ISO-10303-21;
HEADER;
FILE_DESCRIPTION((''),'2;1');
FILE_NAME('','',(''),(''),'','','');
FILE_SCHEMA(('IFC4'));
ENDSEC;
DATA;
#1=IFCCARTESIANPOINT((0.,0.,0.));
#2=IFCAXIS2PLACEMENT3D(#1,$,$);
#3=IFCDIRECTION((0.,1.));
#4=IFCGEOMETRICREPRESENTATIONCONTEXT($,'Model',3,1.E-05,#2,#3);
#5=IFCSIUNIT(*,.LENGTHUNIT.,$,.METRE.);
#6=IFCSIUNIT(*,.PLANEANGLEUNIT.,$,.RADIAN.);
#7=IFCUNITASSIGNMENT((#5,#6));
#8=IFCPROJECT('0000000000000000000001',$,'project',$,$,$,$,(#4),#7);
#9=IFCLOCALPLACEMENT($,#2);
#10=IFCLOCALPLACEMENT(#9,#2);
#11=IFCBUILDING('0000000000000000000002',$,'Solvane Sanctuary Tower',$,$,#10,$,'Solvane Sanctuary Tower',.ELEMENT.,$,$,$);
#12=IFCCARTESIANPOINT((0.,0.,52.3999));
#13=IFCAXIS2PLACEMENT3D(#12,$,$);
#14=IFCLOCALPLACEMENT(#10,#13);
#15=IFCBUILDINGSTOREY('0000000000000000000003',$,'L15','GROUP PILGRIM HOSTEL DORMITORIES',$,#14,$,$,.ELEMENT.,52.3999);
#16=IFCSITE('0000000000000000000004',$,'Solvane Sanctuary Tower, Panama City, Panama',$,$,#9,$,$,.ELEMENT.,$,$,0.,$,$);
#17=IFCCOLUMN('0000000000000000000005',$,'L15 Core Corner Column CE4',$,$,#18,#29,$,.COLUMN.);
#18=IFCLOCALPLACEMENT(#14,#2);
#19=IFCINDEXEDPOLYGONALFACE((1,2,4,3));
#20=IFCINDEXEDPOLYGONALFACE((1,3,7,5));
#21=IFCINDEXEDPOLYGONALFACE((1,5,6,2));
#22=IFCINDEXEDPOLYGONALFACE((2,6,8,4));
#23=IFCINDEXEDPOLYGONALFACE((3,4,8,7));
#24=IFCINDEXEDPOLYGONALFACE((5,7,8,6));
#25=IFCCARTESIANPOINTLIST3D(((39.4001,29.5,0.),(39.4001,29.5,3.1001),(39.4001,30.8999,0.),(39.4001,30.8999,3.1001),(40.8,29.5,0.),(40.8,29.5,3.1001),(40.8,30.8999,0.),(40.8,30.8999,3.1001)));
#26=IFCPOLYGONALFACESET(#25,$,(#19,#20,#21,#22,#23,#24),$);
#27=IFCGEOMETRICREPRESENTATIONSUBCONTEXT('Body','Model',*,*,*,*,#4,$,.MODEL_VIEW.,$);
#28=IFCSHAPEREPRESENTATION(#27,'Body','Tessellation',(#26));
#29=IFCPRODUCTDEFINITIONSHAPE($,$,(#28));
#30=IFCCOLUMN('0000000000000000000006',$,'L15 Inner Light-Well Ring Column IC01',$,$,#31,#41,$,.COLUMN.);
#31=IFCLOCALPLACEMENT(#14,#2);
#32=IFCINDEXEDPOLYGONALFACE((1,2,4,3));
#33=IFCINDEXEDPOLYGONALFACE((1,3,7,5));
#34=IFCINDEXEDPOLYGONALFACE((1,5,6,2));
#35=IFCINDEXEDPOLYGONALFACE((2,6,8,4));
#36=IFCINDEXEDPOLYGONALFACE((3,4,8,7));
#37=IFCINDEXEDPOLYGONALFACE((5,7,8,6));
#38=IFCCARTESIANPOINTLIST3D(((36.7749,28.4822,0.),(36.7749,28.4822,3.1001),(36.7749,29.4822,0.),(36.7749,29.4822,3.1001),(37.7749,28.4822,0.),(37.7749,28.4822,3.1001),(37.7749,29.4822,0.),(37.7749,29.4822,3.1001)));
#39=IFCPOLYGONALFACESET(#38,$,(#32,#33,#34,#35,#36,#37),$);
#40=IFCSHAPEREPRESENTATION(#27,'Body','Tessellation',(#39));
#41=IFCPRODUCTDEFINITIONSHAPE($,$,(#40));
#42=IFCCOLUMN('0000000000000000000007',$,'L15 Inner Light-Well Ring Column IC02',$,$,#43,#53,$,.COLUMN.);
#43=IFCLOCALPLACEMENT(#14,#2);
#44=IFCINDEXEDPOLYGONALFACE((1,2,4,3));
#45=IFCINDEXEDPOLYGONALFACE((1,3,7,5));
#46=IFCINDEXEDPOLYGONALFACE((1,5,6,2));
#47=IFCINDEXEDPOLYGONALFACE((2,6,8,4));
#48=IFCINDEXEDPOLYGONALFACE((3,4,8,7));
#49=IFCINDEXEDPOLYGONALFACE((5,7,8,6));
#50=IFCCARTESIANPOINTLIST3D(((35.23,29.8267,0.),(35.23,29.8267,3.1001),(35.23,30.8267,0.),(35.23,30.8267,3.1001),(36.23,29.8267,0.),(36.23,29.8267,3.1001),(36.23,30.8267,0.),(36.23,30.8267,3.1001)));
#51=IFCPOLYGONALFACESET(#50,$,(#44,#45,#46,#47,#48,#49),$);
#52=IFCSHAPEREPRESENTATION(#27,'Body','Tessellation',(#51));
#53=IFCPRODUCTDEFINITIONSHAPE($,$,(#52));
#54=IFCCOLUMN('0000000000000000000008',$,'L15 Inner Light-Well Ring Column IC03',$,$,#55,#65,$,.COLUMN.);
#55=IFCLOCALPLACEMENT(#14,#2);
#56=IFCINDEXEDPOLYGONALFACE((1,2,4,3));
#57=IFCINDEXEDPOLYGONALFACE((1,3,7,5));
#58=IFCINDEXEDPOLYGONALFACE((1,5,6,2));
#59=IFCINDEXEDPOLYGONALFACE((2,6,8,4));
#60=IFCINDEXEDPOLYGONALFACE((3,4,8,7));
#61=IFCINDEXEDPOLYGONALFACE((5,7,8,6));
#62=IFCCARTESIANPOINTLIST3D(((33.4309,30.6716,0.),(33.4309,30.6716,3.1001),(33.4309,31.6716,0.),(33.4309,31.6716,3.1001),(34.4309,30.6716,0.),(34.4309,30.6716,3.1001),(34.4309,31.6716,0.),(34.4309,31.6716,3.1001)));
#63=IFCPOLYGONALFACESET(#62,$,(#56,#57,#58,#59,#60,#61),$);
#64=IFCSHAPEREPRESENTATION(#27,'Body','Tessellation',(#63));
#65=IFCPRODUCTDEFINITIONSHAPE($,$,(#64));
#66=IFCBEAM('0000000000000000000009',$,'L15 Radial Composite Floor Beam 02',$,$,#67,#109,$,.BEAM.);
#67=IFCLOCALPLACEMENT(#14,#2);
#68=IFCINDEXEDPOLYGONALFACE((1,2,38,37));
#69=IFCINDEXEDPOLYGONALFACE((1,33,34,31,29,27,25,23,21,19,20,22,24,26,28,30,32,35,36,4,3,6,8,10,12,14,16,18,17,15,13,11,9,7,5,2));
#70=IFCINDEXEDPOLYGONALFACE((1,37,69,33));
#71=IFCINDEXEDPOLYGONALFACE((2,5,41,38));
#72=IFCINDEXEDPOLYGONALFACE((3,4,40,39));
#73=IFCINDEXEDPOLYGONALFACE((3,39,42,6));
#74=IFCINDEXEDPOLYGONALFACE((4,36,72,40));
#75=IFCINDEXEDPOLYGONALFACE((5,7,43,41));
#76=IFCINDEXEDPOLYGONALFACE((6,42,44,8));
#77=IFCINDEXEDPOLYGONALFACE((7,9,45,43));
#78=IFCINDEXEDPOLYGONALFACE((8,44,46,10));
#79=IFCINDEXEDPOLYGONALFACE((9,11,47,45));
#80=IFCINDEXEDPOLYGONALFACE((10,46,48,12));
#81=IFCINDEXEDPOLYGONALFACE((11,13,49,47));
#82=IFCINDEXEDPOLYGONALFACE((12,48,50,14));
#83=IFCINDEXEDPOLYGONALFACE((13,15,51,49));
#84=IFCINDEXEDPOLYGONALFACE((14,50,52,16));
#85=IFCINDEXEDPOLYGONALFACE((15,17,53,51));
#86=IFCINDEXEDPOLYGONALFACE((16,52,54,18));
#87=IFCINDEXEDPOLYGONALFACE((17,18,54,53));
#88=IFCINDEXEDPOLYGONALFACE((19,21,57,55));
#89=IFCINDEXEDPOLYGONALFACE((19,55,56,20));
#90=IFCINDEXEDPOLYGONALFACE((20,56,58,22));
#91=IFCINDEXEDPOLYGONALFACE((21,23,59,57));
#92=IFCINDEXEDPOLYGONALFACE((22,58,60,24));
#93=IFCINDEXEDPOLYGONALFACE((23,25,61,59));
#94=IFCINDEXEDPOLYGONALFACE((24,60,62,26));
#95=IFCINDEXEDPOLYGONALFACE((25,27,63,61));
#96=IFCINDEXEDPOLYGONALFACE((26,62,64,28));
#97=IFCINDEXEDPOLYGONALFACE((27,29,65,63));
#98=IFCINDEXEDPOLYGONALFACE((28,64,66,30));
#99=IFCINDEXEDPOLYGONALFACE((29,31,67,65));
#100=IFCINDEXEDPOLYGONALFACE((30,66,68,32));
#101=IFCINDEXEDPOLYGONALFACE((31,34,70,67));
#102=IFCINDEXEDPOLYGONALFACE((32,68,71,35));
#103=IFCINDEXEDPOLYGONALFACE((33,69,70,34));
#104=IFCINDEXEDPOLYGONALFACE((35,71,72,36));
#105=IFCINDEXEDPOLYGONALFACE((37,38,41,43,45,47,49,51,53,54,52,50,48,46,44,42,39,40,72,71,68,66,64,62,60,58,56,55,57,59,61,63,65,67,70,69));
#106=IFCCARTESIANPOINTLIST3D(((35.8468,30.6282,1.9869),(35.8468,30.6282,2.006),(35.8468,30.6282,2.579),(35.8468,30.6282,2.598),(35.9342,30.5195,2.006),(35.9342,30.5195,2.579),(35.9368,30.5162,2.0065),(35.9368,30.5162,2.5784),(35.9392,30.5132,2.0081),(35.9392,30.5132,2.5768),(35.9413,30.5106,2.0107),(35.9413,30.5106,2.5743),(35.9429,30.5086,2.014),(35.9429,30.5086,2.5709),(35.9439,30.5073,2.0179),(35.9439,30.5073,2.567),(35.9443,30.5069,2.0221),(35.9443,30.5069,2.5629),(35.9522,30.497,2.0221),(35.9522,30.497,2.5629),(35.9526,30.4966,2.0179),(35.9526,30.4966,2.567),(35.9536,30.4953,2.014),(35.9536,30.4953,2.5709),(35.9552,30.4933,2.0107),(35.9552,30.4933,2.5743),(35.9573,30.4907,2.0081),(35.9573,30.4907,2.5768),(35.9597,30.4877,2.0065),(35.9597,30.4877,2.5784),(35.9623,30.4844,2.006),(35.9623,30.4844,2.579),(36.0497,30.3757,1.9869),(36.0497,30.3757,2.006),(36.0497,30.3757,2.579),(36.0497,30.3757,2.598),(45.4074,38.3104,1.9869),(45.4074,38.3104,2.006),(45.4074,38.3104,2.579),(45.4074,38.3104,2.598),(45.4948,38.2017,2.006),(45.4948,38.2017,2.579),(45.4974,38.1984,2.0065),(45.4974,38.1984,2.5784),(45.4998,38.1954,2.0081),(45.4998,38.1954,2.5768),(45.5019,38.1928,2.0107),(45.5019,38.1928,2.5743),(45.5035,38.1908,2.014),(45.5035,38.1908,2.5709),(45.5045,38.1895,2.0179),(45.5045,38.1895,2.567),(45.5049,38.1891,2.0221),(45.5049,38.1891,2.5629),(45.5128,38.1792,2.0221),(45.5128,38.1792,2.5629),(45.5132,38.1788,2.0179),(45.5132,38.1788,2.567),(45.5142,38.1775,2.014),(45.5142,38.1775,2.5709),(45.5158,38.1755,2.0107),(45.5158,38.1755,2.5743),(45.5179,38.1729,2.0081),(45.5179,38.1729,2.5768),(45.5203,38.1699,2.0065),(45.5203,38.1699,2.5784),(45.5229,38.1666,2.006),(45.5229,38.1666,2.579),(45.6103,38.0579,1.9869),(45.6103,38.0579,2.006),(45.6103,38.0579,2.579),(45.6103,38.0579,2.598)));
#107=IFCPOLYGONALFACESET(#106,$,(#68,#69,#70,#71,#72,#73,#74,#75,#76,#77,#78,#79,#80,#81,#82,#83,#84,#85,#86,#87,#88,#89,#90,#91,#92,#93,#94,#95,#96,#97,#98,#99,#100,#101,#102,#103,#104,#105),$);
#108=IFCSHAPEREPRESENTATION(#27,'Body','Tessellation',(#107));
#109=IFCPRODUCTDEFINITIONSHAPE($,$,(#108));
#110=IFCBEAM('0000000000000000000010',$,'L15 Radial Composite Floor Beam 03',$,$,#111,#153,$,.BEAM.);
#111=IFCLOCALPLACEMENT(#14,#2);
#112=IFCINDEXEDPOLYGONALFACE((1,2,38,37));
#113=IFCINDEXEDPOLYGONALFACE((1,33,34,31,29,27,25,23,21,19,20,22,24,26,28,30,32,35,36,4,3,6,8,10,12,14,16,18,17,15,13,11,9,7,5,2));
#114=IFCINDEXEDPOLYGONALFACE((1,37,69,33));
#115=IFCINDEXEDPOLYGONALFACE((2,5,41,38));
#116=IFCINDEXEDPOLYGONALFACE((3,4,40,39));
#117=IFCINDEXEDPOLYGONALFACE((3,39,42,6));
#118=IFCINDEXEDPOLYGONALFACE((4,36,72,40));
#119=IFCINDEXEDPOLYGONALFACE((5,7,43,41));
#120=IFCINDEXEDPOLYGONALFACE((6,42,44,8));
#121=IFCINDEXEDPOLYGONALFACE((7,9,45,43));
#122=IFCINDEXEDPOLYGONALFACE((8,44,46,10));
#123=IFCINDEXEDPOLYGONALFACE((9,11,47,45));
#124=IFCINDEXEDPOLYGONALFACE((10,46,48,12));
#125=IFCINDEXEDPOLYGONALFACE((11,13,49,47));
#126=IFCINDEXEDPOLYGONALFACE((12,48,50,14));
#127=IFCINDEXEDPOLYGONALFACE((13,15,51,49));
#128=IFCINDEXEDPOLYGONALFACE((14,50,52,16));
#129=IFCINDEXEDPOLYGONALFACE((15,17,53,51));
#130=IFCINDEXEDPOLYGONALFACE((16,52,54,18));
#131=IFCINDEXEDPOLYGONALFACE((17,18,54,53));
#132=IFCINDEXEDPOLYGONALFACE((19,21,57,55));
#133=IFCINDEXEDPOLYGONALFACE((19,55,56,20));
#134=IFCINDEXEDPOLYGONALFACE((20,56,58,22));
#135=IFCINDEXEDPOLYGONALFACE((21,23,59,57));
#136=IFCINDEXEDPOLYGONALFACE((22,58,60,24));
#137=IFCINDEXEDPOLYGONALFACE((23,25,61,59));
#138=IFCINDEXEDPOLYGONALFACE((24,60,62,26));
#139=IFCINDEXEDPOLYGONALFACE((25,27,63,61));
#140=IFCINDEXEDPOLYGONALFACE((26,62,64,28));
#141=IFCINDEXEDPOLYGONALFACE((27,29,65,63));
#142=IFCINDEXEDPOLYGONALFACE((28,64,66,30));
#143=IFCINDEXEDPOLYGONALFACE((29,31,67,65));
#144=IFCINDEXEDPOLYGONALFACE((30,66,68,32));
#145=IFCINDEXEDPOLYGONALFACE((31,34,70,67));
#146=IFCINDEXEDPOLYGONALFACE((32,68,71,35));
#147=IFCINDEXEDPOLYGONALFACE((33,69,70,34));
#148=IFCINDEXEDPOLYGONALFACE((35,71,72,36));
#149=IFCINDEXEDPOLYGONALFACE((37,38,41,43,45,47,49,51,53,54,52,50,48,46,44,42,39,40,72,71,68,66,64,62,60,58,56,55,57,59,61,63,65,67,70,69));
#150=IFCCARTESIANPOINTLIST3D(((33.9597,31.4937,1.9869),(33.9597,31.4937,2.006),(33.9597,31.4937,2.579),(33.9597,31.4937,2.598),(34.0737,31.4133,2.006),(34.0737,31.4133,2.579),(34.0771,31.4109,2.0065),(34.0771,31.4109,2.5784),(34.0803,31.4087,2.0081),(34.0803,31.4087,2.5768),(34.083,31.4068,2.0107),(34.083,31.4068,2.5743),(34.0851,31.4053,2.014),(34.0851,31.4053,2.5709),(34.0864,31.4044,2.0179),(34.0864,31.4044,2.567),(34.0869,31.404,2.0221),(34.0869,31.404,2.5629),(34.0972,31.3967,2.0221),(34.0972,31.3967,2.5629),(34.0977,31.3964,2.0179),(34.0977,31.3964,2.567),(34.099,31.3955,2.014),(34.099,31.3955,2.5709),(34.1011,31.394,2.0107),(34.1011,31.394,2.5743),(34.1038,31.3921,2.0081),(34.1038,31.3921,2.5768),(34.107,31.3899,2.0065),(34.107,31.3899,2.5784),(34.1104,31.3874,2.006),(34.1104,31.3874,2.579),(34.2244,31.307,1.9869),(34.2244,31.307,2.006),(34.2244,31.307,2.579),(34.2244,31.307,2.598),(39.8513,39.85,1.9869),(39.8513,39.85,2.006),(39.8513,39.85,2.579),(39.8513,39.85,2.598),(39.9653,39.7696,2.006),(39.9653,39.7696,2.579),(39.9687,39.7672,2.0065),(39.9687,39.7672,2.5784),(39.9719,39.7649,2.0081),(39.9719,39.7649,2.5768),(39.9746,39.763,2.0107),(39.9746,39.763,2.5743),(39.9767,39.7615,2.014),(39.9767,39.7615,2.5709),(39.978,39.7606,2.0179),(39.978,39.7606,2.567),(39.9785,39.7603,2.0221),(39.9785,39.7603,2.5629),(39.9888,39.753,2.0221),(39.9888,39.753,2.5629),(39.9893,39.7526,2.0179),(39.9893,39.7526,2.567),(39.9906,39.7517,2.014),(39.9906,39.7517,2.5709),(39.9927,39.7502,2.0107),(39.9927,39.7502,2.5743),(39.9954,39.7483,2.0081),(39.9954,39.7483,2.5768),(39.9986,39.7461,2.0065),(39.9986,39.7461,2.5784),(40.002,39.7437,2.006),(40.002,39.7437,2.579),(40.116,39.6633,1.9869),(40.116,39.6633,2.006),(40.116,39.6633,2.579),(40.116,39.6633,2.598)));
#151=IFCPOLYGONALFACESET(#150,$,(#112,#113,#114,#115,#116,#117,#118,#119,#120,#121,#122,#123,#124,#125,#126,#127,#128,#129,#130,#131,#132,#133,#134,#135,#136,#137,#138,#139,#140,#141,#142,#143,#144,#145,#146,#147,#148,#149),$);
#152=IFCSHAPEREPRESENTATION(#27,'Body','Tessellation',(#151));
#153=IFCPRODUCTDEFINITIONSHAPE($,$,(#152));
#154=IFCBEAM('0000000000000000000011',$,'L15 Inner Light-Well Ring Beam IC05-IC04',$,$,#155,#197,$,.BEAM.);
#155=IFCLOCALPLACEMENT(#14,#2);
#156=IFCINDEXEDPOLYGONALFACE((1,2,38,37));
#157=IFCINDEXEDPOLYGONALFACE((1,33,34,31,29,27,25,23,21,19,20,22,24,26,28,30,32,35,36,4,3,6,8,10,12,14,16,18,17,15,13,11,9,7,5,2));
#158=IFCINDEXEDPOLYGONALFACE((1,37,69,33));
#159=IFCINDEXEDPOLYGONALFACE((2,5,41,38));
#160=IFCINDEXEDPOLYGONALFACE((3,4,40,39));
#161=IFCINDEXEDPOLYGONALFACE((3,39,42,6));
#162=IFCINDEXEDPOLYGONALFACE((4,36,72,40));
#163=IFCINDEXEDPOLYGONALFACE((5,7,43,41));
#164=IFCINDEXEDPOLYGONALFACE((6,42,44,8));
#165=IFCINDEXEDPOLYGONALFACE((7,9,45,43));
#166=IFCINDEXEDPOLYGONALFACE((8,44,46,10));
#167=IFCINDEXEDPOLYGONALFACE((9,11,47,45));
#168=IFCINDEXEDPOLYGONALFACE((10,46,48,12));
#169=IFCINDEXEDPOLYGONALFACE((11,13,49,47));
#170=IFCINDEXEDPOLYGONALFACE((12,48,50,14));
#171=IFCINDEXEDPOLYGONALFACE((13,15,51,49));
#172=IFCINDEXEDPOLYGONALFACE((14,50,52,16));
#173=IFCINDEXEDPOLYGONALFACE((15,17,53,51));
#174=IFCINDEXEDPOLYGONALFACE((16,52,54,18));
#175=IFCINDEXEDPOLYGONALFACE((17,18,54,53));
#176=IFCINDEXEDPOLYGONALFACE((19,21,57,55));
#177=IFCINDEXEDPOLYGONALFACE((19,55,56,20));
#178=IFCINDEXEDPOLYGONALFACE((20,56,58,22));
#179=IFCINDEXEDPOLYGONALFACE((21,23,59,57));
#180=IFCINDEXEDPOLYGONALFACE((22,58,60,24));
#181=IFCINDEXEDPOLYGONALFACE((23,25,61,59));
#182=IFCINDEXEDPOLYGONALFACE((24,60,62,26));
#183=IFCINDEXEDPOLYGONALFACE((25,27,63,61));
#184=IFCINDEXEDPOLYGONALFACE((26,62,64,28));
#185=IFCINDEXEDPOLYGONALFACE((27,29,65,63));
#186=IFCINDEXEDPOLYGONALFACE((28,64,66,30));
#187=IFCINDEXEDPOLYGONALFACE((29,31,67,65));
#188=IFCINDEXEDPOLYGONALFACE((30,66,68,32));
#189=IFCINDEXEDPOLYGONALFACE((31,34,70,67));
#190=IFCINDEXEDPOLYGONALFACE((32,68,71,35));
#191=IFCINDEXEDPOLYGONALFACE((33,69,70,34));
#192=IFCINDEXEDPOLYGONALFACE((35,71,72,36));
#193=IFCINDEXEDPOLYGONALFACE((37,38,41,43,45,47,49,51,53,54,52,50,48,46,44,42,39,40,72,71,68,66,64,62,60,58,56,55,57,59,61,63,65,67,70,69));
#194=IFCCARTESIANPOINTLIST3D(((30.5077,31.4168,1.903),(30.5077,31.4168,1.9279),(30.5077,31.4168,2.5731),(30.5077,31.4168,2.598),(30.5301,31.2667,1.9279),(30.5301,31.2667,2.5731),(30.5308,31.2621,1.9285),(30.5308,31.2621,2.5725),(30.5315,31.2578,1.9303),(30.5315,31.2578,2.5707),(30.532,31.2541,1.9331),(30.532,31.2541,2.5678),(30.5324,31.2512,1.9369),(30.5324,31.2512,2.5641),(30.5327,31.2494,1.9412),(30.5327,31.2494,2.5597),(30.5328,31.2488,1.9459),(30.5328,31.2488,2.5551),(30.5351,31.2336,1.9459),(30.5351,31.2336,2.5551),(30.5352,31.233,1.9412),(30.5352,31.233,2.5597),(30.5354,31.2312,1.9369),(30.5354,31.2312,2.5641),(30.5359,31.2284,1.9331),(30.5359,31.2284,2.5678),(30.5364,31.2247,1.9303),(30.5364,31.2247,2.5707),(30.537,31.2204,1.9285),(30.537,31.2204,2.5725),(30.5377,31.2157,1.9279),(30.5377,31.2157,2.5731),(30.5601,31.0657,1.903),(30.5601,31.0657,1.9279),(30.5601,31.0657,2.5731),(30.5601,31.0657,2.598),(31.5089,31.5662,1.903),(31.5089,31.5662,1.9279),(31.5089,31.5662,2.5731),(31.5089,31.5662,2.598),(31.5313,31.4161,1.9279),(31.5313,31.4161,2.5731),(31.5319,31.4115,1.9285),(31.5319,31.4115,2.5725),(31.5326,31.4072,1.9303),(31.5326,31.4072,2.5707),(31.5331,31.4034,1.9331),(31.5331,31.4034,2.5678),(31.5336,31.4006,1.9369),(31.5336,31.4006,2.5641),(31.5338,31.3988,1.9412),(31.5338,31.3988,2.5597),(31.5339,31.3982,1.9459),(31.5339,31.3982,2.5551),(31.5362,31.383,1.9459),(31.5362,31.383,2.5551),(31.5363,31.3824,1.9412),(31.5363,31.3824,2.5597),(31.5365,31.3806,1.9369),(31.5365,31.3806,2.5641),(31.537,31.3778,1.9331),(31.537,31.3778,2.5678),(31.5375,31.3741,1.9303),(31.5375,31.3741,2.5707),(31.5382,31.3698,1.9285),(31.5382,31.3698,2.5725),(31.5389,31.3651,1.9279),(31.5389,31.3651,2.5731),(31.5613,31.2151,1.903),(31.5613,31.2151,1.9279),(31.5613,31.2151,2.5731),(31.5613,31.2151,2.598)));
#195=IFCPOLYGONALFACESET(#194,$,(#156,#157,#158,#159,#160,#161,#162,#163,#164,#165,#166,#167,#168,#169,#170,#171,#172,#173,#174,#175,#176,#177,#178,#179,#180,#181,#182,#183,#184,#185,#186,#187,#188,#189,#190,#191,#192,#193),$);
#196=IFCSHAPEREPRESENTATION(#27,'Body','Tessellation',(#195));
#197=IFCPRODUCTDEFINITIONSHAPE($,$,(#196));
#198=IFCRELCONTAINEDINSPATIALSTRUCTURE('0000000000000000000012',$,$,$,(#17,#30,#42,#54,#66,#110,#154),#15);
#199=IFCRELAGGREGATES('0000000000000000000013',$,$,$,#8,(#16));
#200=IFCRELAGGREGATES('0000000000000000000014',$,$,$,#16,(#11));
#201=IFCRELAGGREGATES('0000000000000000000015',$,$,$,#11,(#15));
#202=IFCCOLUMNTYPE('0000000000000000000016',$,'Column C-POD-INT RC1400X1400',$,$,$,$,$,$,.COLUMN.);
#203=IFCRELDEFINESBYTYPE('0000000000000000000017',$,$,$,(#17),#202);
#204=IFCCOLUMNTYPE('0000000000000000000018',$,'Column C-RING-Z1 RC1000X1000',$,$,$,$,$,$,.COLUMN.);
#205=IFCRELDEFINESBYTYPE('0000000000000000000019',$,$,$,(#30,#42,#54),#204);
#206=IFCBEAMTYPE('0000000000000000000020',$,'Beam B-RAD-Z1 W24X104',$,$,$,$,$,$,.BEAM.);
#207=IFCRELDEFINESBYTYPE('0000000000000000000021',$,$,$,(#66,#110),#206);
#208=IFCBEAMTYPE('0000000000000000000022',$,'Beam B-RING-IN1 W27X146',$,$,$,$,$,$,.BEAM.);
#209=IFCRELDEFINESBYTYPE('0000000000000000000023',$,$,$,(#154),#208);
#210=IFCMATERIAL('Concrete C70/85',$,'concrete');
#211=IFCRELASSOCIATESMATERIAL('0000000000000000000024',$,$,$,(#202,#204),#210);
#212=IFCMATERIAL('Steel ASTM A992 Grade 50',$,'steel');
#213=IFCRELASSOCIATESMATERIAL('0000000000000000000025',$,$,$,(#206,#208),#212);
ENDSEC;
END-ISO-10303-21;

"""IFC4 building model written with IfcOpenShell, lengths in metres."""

from ifc_helpers import new_model, si_unit, direction, frame, origin, origin_2d, place, context, subcontext, project, spatial, rectangle, i_section, extrude, material, material_profile, profile_set, type_object, element, save


model = new_model("IFC4")

# Units and contexts
model_context = context("Model", 3, precision=1e-05, world=origin(), true_north=direction((0.0, 1.0)))
body_context = subcontext(model_context, "Body", "Model", "MODEL_VIEW")
ifc_project = project(units=[si_unit("LENGTHUNIT", "METRE"), si_unit("PLANEANGLEUNIT", "RADIAN")], contexts=[model_context])

# Site, building, storey
site_placement = place(None, origin())
site = spatial("IfcSite", under=ifc_project, at=site_placement, Name="Solvane Sanctuary Tower, Panama City, Panama", CompositionType="ELEMENT", RefElevation=0.0)
building_placement = place(site_placement, origin())
building = spatial("IfcBuilding", under=site, at=building_placement, Name="Solvane Sanctuary Tower", LongName="Solvane Sanctuary Tower", CompositionType="ELEMENT")
storey_placement = place(building_placement, frame((0.0, 0.0, 52.3999)))
storey = spatial("IfcBuildingStorey", under=building, at=storey_placement, Name="L15", Description="GROUP PILGRIM HOSTEL DORMITORIES", CompositionType="ELEMENT", Elevation=52.3999)

# Columns
ifc_material_1 = material(Name="Concrete C70/85", Category="concrete")
ifc_material_profile_1 = material_profile(ifc_material_1, rectangle(XDim=1.3999, YDim=1.3999, at=origin_2d()), Name="RC1400X1400")
ifc_profile_set_1 = profile_set([ifc_material_profile_1], Name="Concrete C70/85")
column_type_1 = type_object("IfcColumnType", Name="Column C-POD-INT RC1400X1400", PredefinedType="COLUMN", material=ifc_profile_set_1)
column_placement = place(storey_placement, frame((40.1001, 30.2, 0.0), z_axis=(0.0, 0.0, 1.0), x_axis=(1.0, 0.0, 0.0)))
element("IfcColumn", 1, at=column_placement, inside=storey, type_object=column_type_1, Name="L15 Core Corner Column CE4", PredefinedType="COLUMN", context=body_context, shape_type="SweptSolid", body=[
    extrude(rectangle(XDim=1.3999, YDim=1.3999, at=origin_2d()), origin(), (0.0, 0.0, 1.0), 3.1001),
])
ifc_material_profile_2 = material_profile(ifc_material_1, rectangle(XDim=1.0, YDim=1.0, at=origin_2d()), Name="RC1000X1000")
ifc_profile_set_2 = profile_set([ifc_material_profile_2], Name="Concrete C70/85")
column_type_2 = type_object("IfcColumnType", Name="Column C-RING-Z1 RC1000X1000", PredefinedType="COLUMN", material=ifc_profile_set_2)
for number, where, z_axis, x_axis, name in (
    (2, (37.2749, 28.9822, 0.0), (0.0, 0.0, 1.0), (1.0, 0.0, 0.0), "L15 Inner Light-Well Ring Column IC01"),
    (3, (35.73, 30.3267, 0.0), (0.0, 0.0, 1.0), (1.0, 0.0, 0.0), "L15 Inner Light-Well Ring Column IC02"),
    (4, (33.9309, 31.1716, 0.0), (0.0, 0.0, 1.0), (1.0, 0.0, 0.0), "L15 Inner Light-Well Ring Column IC03"),
):
    element("IfcColumn", number, at=place(storey_placement, frame(where, z_axis=z_axis, x_axis=x_axis)), inside=storey, type_object=column_type_2, Name=name, PredefinedType="COLUMN", context=body_context, shape_type="SweptSolid", body=[
        extrude(rectangle(XDim=1.0, YDim=1.0, at=origin_2d()), origin(), (0.0, 0.0, 1.0), 3.1001),
    ])

# Beams
ifc_material_2 = material(Name="Steel ASTM A992 Grade 50", Category="steel")
ifc_material_profile_3 = material_profile(ifc_material_2, i_section(OverallWidth=0.324, OverallDepth=0.6111, WebThickness=0.0127, FlangeThickness=0.019, FilletRadius=0.0161, at=origin_2d()), Name="W24X104")
ifc_profile_set_3 = profile_set([ifc_material_profile_3], Name="Steel ASTM A992 Grade 50")
beam_type_1 = type_object("IfcBeamType", Name="Beam B-RAD-Z1 W24X104", PredefinedType="BEAM", material=ifc_profile_set_3)
beam_1_placement = place(storey_placement, frame((35.9482, 30.502, 2.2925), z_axis=(0.779527, 0.626369, 0.0), x_axis=(-0.626369, 0.779527, 0.0)))
element("IfcBeam", 5, at=beam_1_placement, inside=storey, type_object=beam_type_1, Name="L15 Radial Composite Floor Beam 02", PredefinedType="BEAM", context=body_context, shape_type="SweptSolid", body=[
    extrude(i_section(OverallWidth=0.324, OverallDepth=0.6111, WebThickness=0.0127, FlangeThickness=0.019, FilletRadius=0.0161, at=origin_2d()), origin(), (0.0, 0.0, 1.0), 12.2646),
])
beam_2_placement = place(storey_placement, frame((34.092, 31.4004, 2.2925), z_axis=(0.576233, 0.817285, 0.0), x_axis=(-0.817285, 0.576233, 0.0)))
element("IfcBeam", 6, at=beam_2_placement, inside=storey, type_object=beam_type_1, Name="L15 Radial Composite Floor Beam 03", PredefinedType="BEAM", context=body_context, shape_type="SweptSolid", body=[
    extrude(i_section(OverallWidth=0.324, OverallDepth=0.6111, WebThickness=0.0127, FlangeThickness=0.019, FilletRadius=0.0161, at=origin_2d()), origin(), (0.0, 0.0, 1.0), 10.2244),
])
ifc_material_profile_4 = material_profile(ifc_material_2, i_section(OverallWidth=0.355, OverallDepth=0.6951, WebThickness=0.0154, FlangeThickness=0.0249, FilletRadius=0.0181, at=origin_2d()), Name="W27X146")
ifc_profile_set_4 = profile_set([ifc_material_profile_4], Name="Steel ASTM A992 Grade 50")
beam_type_2 = type_object("IfcBeamType", Name="Beam B-RING-IN1 W27X146", PredefinedType="BEAM", material=ifc_profile_set_4)
for number, where, z_axis, x_axis, name in (
    (7, (30.5339, 31.2412, 2.2505), (0.989048, 0.147597, 0.0), (-0.147597, 0.989048, 0.0), "L15 Inner Light-Well Ring Beam IC05-IC04"),
):
    element("IfcBeam", number, at=place(storey_placement, frame(where, z_axis=z_axis, x_axis=x_axis)), inside=storey, type_object=beam_type_2, Name=name, PredefinedType="BEAM", context=body_context, shape_type="SweptSolid", body=[
        extrude(i_section(OverallWidth=0.355, OverallDepth=0.6951, WebThickness=0.0154, FlangeThickness=0.0249, FilletRadius=0.0181, at=origin_2d()), origin(), (0.0, 0.0, 1.0), 1.0122),
    ])

save(model, "model.ifc")
